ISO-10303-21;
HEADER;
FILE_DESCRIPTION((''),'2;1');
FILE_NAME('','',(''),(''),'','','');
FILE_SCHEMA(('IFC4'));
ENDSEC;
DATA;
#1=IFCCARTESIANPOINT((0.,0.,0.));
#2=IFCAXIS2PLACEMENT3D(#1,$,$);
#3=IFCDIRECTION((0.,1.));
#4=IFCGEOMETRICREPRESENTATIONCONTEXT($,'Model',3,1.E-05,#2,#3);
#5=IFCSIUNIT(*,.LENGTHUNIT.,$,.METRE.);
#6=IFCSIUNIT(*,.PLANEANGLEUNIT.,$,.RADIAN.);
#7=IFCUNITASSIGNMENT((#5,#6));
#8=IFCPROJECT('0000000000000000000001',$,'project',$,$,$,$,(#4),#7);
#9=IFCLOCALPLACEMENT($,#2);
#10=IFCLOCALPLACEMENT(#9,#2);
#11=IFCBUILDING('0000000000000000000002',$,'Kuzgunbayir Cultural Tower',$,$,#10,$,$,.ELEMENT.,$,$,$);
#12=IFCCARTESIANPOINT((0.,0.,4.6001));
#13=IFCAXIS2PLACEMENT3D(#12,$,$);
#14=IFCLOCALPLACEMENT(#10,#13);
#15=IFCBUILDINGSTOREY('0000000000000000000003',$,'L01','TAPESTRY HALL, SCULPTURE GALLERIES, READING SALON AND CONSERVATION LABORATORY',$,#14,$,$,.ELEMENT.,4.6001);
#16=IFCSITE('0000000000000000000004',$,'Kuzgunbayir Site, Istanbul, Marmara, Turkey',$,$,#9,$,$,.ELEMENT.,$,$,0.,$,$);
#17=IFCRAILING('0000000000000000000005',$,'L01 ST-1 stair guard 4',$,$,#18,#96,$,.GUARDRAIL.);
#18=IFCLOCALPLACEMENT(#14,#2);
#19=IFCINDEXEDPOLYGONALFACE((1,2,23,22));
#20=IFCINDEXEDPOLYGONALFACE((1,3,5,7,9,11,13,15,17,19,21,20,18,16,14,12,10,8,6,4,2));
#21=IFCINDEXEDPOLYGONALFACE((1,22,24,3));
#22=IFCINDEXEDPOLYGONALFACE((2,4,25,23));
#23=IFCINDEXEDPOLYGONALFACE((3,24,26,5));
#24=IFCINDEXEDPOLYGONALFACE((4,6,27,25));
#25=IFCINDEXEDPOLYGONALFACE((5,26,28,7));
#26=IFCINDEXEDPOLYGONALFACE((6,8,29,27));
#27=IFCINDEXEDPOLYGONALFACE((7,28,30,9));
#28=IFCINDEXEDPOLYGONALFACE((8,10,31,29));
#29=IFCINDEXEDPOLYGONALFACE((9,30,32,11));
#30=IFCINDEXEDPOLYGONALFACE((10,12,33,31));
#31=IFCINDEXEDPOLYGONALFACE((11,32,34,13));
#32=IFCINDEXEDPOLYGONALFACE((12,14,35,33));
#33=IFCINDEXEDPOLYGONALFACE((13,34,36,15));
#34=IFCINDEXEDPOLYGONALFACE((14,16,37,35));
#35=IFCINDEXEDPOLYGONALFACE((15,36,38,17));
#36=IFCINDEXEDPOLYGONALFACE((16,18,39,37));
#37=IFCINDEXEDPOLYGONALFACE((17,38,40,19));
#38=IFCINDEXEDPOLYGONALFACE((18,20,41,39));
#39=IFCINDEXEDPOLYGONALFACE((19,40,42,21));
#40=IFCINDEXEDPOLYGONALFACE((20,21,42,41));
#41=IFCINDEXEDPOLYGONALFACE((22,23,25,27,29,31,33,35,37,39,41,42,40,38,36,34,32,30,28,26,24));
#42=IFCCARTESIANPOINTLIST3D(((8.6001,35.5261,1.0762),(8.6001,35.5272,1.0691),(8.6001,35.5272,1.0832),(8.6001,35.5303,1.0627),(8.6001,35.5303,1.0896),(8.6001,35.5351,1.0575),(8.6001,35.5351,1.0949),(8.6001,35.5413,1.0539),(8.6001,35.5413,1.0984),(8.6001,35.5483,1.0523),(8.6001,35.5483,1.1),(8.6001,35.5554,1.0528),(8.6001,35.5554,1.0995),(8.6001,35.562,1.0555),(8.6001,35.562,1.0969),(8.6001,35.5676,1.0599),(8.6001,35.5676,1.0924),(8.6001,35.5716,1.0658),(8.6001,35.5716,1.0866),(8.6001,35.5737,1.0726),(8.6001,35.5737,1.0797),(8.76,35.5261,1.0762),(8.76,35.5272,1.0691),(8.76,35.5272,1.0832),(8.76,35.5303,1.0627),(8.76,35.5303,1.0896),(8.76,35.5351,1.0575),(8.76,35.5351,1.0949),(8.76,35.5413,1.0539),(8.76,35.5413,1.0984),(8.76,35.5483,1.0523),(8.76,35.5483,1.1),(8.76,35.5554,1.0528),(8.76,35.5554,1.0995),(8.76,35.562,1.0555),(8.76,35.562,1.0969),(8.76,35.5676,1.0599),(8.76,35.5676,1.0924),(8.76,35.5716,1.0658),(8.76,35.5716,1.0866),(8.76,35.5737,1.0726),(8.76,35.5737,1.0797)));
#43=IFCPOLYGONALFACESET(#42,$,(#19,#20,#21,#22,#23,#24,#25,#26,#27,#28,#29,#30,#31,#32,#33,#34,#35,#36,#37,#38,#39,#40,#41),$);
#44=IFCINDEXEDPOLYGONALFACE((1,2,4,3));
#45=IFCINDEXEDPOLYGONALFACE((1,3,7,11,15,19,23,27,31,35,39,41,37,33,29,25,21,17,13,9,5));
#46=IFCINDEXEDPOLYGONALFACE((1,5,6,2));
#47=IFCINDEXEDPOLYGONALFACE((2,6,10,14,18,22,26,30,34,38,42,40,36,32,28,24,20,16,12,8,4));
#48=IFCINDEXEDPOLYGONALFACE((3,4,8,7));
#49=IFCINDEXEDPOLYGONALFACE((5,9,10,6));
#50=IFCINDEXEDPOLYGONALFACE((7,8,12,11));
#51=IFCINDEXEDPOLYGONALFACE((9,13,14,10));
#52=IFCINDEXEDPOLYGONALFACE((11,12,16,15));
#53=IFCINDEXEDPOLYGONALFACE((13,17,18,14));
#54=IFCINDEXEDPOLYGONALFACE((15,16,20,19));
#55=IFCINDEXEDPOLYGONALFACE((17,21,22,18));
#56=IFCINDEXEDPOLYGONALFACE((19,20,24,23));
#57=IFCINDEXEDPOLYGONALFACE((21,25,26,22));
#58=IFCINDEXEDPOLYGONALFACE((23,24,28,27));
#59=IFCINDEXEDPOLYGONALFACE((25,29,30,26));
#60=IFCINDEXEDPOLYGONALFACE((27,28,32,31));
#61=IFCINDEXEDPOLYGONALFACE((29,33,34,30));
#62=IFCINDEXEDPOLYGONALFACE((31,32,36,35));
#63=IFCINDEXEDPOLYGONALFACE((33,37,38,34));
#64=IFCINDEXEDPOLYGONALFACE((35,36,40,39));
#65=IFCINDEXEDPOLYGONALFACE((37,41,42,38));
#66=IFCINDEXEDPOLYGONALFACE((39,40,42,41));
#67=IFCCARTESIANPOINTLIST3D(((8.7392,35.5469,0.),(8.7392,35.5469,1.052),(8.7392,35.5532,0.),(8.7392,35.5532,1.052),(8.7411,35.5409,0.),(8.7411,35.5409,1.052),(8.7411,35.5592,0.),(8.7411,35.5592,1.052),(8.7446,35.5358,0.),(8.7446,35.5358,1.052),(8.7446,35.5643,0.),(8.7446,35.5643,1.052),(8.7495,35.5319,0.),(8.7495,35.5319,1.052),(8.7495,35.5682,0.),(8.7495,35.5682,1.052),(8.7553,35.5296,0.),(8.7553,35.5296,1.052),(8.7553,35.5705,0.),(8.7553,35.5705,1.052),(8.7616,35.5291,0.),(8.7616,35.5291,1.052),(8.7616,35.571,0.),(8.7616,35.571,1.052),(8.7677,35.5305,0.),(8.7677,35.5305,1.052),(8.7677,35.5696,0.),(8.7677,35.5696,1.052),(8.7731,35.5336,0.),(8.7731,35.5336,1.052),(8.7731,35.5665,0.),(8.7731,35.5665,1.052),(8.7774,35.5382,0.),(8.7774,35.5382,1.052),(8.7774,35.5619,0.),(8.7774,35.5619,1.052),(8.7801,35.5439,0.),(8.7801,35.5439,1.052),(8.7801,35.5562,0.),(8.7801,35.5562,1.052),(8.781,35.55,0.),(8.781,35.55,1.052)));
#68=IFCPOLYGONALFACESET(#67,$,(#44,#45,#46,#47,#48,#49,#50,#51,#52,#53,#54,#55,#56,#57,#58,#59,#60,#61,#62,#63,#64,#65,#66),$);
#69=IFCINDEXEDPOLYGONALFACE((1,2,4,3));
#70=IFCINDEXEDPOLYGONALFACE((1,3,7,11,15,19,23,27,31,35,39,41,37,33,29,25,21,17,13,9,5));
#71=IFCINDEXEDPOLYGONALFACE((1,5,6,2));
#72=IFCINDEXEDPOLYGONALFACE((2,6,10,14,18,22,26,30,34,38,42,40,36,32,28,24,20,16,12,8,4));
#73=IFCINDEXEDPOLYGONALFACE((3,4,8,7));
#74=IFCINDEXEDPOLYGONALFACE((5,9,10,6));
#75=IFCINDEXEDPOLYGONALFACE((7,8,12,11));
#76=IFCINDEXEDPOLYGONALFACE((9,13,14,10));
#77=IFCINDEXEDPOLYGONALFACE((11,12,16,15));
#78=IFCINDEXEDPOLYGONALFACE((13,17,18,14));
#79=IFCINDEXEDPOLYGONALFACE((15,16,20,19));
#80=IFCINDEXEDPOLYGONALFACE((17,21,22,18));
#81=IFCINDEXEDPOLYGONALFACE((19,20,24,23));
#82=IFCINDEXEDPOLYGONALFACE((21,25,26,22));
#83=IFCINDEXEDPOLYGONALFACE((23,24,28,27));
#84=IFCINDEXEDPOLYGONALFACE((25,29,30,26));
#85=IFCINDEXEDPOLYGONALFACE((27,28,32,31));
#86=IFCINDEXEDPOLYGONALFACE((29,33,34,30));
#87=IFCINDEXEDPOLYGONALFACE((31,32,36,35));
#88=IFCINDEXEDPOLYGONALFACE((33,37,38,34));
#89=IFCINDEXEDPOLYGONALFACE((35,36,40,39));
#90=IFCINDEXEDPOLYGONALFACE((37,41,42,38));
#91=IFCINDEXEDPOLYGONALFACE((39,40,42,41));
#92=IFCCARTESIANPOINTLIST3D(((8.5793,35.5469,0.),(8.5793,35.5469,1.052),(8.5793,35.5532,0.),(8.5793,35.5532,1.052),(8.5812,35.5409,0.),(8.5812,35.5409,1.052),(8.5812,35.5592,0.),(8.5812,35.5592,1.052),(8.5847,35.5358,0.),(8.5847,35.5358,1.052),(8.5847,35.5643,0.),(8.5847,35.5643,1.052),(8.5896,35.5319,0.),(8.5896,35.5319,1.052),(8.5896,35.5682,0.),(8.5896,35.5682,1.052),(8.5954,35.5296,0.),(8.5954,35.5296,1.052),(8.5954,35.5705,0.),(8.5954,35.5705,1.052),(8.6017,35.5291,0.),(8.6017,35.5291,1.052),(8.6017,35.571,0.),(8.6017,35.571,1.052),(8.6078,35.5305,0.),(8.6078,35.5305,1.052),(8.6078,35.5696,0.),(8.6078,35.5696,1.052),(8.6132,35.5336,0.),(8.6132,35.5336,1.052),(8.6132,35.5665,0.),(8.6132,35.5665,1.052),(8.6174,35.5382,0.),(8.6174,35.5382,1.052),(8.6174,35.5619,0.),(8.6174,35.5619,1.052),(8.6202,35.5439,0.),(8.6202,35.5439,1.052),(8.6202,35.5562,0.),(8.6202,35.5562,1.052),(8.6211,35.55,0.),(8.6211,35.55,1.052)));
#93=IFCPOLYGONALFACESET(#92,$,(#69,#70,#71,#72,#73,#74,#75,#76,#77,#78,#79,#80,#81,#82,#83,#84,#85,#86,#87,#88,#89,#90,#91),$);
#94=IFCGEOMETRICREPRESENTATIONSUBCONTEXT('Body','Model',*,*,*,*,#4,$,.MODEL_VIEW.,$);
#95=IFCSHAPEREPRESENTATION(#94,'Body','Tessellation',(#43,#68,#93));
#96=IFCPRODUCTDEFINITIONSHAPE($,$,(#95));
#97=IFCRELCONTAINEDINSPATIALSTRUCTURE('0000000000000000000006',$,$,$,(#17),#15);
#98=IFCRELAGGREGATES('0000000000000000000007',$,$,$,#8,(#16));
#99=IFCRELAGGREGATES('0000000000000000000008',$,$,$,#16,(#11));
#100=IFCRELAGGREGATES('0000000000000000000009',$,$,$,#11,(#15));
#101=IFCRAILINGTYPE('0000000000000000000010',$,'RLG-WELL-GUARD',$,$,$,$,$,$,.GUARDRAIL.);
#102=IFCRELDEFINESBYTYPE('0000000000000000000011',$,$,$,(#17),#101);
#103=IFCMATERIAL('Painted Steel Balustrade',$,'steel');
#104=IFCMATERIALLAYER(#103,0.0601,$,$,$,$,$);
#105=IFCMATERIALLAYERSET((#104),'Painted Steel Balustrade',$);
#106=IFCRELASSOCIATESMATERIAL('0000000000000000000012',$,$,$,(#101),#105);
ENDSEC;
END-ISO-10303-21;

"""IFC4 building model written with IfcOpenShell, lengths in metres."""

from ifc_helpers import new_model, si_unit, direction, frame, origin, origin_2d, place, context, subcontext, project, spatial, circle, extrude, material, layer, layer_set, type_object, element, save


model = new_model("IFC4")

# Units and contexts
model_context = context("Model", 3, precision=1e-05, world=origin(), true_north=direction((0.0, 1.0)))
body_context = subcontext(model_context, "Body", "Model", "MODEL_VIEW")
ifc_project = project(units=[si_unit("LENGTHUNIT", "METRE"), si_unit("PLANEANGLEUNIT", "RADIAN")], contexts=[model_context])

# Site, building, storey
site_placement = place(None, origin())
site = spatial("IfcSite", under=ifc_project, at=site_placement, Name="Kuzgunbayir Site, Istanbul, Marmara, Turkey", CompositionType="ELEMENT", RefElevation=0.0)
building_placement = place(site_placement, origin())
building = spatial("IfcBuilding", under=site, at=building_placement, Name="Kuzgunbayir Cultural Tower", CompositionType="ELEMENT")
storey_placement = place(building_placement, frame((0.0, 0.0, 4.6001)))
storey = spatial("IfcBuildingStorey", under=building, at=storey_placement, Name="L01", Description="TAPESTRY HALL, SCULPTURE GALLERIES, READING SALON AND CONSERVATION LABORATORY", CompositionType="ELEMENT", Elevation=4.6001)

# Railing
ifc_material_1 = material(Name="Painted Steel Balustrade", Category="steel")
ifc_layer_1 = layer(ifc_material_1, 0.0601)
ifc_layer_set_1 = layer_set([ifc_layer_1], Name="Painted Steel Balustrade")
railing_type_1 = type_object("IfcRailingType", Name="RLG-WELL-GUARD", PredefinedType="GUARDRAIL", material=ifc_layer_set_1)
railing_1_placement = place(storey_placement, frame((8.76, 35.55, 0.0)))
element("IfcRailing", 1, at=railing_1_placement, inside=storey, type_object=railing_type_1, Name="L01 ST-1 stair guard 4", PredefinedType="GUARDRAIL", context=body_context, shape_type="SweptSolid", body=[
    extrude(circle(Radius=0.0239, at=origin_2d()), frame((0.0, 0.0, 1.0762), z_axis=(-1.0, 0.0, 0.0), x_axis=(0.0, -1.0, 0.0)), (0.0, 0.0, 1.0), 0.1599),
    extrude(circle(Radius=0.021, at=origin_2d()), origin(), (0.0, 0.0, 1.0), 1.052),
    extrude(circle(Radius=0.021, at=origin_2d()), frame((-0.1599, 0.0, 0.0)), (0.0, 0.0, 1.0), 1.052),
])

save(model, "model.ifc")
